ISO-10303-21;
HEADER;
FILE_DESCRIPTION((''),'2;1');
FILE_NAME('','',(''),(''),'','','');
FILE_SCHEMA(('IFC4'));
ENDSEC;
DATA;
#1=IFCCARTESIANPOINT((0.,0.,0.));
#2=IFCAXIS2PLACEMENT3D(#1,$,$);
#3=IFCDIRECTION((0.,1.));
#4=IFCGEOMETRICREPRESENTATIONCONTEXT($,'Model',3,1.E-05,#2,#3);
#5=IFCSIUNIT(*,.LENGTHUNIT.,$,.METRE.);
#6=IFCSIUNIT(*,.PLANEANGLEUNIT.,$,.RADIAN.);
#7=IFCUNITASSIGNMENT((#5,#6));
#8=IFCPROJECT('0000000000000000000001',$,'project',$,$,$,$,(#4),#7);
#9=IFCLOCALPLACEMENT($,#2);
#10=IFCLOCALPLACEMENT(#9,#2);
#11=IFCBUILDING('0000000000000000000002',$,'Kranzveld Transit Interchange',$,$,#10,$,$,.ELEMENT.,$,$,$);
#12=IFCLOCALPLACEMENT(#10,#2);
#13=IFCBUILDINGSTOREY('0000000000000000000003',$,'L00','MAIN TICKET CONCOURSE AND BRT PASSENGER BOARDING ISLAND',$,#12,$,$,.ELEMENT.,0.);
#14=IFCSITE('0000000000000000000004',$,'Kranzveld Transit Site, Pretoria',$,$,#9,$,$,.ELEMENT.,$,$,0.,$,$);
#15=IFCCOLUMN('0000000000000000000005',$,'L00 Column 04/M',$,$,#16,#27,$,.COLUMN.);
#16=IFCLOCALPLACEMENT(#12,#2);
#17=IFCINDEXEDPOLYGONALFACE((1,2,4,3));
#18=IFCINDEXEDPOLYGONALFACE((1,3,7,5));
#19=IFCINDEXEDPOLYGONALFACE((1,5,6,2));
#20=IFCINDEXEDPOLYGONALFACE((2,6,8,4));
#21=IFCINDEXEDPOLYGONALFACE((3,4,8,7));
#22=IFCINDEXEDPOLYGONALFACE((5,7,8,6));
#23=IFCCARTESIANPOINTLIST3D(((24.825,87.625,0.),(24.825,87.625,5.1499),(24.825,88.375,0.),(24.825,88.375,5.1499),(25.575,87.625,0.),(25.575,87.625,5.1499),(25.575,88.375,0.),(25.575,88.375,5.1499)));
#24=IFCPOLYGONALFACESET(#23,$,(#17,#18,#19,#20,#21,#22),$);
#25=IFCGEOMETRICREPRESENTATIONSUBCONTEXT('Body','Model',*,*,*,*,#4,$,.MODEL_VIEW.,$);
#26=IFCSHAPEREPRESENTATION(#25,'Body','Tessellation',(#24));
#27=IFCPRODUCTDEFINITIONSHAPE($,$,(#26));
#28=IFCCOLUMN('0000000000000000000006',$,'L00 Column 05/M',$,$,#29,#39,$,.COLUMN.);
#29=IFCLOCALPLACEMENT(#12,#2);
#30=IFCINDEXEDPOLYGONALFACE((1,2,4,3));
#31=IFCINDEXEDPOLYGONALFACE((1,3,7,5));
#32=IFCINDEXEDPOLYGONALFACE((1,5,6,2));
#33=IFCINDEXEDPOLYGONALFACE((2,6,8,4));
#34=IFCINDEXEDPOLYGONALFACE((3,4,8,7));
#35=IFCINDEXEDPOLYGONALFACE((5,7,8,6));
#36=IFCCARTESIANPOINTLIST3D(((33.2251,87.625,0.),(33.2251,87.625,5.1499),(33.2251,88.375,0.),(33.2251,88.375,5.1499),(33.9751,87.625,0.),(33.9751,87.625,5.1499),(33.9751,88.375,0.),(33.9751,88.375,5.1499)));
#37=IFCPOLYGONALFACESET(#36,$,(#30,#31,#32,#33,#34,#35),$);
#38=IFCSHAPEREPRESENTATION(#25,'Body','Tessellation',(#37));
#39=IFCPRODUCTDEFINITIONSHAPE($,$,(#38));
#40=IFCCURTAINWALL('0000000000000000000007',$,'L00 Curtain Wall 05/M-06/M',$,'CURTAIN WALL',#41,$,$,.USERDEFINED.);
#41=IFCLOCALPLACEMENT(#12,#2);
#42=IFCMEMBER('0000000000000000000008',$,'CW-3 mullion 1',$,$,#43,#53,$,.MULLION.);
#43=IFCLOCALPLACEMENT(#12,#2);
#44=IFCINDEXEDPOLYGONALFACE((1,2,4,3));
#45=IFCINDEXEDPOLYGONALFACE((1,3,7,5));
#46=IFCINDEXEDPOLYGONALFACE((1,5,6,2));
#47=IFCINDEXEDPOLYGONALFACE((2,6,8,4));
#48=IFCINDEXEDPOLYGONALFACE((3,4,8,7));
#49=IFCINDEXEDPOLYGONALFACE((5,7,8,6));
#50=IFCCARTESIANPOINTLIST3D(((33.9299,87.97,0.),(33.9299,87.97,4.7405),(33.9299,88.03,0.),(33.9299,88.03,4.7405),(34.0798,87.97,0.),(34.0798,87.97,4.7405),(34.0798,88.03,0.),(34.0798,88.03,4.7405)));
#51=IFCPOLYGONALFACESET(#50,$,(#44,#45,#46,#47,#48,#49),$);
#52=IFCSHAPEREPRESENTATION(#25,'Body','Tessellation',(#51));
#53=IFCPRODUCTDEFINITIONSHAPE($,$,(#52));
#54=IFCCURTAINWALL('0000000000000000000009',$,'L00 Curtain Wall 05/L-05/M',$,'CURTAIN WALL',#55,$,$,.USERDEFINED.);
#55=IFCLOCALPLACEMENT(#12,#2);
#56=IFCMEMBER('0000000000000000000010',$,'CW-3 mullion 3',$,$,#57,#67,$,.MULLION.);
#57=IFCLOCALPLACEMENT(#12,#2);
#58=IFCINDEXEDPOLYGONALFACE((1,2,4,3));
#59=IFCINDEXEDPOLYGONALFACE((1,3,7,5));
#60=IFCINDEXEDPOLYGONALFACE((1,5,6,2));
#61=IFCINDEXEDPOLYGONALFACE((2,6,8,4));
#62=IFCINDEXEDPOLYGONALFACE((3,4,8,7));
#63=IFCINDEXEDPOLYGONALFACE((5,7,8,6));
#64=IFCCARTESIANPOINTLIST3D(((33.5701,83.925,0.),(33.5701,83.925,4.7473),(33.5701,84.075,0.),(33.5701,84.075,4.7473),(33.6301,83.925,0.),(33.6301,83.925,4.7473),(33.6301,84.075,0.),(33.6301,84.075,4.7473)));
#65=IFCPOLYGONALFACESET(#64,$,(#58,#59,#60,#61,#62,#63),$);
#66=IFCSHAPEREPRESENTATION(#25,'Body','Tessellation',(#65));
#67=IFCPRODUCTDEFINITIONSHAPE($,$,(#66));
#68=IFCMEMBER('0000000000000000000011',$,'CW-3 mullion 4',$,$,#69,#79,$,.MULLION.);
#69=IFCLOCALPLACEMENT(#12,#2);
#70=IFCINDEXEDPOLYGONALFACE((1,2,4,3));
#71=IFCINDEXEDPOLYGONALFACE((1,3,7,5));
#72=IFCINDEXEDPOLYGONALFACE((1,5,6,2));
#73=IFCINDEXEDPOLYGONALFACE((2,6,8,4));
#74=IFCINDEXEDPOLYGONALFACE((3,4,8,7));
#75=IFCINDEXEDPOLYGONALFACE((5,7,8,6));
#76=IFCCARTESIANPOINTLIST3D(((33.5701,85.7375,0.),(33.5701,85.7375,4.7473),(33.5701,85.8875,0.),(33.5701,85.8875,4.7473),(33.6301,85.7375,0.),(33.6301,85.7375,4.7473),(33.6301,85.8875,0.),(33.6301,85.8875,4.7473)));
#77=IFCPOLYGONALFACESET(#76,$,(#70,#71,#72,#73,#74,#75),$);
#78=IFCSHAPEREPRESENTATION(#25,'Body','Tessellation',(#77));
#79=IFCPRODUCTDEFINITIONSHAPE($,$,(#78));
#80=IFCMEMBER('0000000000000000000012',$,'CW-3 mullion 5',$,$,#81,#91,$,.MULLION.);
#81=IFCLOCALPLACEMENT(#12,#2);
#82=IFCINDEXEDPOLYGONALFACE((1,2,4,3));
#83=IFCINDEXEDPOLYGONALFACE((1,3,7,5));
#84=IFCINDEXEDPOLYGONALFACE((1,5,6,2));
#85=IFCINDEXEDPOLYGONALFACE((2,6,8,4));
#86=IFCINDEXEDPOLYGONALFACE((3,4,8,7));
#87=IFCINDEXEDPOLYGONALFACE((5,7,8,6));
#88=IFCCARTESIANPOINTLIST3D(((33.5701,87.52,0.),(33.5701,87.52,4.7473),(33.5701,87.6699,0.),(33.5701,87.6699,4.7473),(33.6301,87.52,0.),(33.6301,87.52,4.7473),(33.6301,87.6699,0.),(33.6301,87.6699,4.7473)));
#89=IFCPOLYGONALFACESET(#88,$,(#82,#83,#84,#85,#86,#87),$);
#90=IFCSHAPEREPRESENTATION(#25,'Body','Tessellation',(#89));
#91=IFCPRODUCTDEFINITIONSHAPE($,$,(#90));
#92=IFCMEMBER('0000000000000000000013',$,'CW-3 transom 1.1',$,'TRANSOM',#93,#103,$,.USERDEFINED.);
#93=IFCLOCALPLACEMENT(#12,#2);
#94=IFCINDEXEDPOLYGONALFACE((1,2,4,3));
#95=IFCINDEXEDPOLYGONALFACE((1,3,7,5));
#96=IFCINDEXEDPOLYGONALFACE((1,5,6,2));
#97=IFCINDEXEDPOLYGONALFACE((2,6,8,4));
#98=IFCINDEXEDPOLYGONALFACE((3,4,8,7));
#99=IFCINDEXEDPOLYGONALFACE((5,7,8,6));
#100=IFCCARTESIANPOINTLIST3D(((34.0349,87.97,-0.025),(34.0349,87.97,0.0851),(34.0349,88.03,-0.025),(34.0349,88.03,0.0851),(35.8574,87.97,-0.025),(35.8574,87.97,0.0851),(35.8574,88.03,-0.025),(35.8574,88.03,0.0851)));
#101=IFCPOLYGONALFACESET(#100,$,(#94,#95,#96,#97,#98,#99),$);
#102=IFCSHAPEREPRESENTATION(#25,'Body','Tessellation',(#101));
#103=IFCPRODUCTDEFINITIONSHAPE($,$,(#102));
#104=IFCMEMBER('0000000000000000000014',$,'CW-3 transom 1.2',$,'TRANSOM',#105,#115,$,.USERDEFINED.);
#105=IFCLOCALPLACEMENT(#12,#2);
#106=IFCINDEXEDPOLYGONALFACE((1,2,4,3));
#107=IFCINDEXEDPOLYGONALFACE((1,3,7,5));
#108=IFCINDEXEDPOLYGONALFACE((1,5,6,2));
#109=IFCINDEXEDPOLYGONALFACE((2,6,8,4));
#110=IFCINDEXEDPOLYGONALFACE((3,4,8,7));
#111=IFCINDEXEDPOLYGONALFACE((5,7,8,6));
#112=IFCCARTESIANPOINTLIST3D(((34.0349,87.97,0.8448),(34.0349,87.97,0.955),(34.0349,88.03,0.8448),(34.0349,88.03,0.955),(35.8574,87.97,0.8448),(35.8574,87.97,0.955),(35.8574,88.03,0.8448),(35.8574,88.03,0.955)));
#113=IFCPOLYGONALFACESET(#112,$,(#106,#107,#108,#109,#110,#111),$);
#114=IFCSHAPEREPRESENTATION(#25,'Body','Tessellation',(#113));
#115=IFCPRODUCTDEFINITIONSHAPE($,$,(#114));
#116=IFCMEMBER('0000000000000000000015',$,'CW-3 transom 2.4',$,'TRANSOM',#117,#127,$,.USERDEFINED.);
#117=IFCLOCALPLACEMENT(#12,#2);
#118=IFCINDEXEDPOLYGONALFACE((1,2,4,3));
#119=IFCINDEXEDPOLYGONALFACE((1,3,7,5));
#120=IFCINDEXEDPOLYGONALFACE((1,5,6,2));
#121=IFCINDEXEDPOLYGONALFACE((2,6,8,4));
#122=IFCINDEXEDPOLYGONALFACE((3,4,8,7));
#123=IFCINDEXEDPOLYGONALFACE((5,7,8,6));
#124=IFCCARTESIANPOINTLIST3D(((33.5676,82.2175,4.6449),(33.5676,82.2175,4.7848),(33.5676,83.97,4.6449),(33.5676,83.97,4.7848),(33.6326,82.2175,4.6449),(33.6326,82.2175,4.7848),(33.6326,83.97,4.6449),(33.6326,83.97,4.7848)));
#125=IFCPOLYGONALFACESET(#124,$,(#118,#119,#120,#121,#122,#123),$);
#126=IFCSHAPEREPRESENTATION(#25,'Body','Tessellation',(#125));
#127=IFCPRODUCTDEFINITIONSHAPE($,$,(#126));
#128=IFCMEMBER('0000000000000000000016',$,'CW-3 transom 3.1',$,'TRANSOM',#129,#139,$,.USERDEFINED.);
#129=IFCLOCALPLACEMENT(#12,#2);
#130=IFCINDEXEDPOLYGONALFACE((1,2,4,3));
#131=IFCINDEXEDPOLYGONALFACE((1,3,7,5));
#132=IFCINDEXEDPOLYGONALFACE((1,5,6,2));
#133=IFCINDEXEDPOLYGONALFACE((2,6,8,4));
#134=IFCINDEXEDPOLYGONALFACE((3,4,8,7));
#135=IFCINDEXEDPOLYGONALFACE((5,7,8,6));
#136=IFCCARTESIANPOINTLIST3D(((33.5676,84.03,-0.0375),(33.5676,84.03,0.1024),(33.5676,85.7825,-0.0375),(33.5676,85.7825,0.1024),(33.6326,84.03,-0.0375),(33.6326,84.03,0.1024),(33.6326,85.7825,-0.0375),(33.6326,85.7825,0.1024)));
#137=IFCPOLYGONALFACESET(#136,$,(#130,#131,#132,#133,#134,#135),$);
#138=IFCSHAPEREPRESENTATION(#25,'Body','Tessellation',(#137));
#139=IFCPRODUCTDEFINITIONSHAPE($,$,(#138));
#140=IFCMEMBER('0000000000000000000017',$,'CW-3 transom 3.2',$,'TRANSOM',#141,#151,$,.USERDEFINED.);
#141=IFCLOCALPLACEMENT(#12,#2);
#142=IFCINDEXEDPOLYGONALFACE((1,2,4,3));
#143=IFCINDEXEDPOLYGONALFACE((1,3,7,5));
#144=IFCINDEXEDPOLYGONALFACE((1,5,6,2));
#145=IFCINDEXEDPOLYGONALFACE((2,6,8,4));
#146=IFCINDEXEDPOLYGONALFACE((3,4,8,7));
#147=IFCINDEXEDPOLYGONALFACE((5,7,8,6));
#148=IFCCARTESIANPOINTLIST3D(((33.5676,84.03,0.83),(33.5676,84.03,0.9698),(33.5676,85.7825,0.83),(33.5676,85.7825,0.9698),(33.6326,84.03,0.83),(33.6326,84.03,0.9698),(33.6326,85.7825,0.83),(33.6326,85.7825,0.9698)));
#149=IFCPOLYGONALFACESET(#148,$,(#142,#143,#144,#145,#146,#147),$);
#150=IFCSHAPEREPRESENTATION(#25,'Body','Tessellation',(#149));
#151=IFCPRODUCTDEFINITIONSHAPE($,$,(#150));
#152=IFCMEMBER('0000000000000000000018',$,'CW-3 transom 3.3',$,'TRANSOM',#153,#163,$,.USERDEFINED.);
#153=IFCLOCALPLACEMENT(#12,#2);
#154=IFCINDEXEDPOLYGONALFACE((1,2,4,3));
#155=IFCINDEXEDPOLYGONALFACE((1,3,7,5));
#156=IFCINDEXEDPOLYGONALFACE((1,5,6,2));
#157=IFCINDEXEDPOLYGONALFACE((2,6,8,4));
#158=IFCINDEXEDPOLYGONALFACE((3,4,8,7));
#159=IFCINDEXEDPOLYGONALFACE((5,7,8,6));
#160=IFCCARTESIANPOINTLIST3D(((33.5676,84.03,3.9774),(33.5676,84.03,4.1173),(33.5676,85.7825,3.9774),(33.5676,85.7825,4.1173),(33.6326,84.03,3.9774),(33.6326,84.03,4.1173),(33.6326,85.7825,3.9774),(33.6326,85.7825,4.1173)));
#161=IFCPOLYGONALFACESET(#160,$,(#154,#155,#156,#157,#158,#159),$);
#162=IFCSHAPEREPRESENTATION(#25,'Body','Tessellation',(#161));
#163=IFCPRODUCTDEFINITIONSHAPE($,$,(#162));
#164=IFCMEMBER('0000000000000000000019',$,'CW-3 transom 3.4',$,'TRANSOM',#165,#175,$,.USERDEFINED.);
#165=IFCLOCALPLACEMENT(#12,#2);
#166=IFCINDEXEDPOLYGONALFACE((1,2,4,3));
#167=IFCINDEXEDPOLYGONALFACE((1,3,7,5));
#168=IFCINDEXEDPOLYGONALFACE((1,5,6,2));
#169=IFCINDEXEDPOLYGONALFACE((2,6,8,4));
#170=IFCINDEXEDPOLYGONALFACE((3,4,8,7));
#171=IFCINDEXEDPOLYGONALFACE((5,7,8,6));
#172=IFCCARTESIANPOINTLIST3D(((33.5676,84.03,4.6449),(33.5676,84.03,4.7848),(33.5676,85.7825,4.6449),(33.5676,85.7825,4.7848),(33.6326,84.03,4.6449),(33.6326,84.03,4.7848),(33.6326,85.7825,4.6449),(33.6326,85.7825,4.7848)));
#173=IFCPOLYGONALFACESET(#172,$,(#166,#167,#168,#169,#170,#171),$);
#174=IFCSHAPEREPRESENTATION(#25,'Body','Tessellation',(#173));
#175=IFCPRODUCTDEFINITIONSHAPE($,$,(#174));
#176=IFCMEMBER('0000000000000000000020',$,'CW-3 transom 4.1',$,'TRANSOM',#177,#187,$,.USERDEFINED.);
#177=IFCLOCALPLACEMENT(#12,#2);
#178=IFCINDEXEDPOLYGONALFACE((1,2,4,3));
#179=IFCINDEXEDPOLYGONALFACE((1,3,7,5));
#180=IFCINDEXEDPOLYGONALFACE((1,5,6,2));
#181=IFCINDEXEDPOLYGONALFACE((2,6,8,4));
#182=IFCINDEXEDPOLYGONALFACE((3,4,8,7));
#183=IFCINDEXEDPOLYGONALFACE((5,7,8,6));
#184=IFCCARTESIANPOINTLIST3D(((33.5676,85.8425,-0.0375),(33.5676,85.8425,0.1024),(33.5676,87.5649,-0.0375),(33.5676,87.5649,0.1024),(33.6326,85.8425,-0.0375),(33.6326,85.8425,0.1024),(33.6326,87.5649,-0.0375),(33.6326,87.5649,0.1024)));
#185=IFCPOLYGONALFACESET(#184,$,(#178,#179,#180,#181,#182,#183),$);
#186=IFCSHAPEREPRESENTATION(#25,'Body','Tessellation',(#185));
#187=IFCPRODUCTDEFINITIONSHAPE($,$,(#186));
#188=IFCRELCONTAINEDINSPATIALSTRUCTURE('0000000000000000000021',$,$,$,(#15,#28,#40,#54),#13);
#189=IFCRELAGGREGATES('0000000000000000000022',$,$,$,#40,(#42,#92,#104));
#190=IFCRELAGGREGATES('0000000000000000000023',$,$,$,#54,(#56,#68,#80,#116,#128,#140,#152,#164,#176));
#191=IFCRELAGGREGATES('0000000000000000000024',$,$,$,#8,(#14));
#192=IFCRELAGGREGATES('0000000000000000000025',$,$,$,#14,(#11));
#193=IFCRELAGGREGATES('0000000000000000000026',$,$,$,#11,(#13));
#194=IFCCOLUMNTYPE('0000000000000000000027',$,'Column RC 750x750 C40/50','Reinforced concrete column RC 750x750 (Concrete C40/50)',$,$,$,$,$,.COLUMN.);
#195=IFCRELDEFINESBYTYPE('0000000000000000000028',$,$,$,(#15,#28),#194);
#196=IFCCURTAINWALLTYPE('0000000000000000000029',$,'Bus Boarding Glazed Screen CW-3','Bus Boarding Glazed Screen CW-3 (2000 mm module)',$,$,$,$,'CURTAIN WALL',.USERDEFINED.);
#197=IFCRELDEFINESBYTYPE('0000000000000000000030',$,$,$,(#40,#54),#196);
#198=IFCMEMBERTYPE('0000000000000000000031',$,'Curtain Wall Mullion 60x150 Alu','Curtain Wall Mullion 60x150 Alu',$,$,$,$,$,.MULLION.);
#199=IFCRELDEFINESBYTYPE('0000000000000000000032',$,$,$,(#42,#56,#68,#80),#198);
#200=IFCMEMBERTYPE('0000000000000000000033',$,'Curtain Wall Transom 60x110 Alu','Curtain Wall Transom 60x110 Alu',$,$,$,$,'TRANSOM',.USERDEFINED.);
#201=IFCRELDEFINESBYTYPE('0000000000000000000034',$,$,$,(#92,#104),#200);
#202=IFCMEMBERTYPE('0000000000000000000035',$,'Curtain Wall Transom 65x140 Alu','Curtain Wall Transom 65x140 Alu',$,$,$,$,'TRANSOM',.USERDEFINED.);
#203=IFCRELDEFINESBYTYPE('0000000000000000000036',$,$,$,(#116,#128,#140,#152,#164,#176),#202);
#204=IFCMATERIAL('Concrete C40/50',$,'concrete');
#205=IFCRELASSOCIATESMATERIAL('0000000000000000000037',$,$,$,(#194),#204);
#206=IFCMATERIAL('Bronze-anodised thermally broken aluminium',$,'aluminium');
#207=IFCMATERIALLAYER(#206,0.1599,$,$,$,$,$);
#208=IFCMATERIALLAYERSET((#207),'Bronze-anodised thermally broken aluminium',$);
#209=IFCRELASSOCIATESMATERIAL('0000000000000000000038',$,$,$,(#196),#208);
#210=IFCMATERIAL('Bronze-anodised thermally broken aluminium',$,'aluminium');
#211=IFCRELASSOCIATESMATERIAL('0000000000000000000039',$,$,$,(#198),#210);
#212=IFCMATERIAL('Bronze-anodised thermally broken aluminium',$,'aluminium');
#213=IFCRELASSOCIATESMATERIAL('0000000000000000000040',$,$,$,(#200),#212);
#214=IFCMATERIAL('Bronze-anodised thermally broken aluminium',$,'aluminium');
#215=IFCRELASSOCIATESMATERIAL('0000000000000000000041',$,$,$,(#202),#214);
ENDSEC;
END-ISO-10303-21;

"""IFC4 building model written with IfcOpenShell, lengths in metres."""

from ifc_helpers import new_model, si_unit, direction, frame, origin, origin_2d, place, context, subcontext, project, spatial, rectangle, extrude, material, layer, layer_set, material_profile, profile_set, type_object, element, aggregate, save


model = new_model("IFC4")

# Units and contexts
model_context = context("Model", 3, precision=1e-05, world=origin(), true_north=direction((0.0, 1.0)))
body_context = subcontext(model_context, "Body", "Model", "MODEL_VIEW")
ifc_project = project(units=[si_unit("LENGTHUNIT", "METRE"), si_unit("PLANEANGLEUNIT", "RADIAN")], contexts=[model_context])

# Site, building, storey
site_placement = place(None, origin())
site = spatial("IfcSite", under=ifc_project, at=site_placement, Name="Kranzveld Transit Site, Pretoria", CompositionType="ELEMENT", RefElevation=0.0)
building_placement = place(site_placement, origin())
building = spatial("IfcBuilding", under=site, at=building_placement, Name="Kranzveld Transit Interchange", CompositionType="ELEMENT")
storey_placement = place(building_placement, origin())
storey = spatial("IfcBuildingStorey", under=building, at=storey_placement, Name="L00", Description="MAIN TICKET CONCOURSE AND BRT PASSENGER BOARDING ISLAND", CompositionType="ELEMENT", Elevation=0.0)

# Columns
ifc_material_1 = material(Name="Concrete C40/50", Category="concrete")
ifc_material_profile_1 = material_profile(ifc_material_1, rectangle(XDim=0.75, YDim=0.75, at=origin_2d()), Name="RC 750x750")
ifc_profile_set_1 = profile_set([ifc_material_profile_1], Name="Concrete C40/50")
column_type = type_object("IfcColumnType", Name="Column RC 750x750 C40/50", Description="Reinforced concrete column RC 750x750 (Concrete C40/50)", PredefinedType="COLUMN", material=ifc_profile_set_1)
for number, where, z_axis, x_axis, name in (
    (1, (25.2, 88.0, 0.0), (0.0, 0.0, 1.0), (1.0, 0.0, 0.0), "L00 Column 04/M"),
    (2, (33.6001, 88.0, 0.0), (0.0, 0.0, 1.0), (1.0, 0.0, 0.0), "L00 Column 05/M"),
):
    element("IfcColumn", number, at=place(storey_placement, frame(where, z_axis=z_axis, x_axis=x_axis)), inside=storey, type_object=column_type, Name=name, PredefinedType="COLUMN", context=body_context, shape_type="SweptSolid", body=[
        extrude(rectangle(XDim=0.75, YDim=0.75, at=origin_2d()), origin(), (0.0, 0.0, 1.0), 5.1499),
    ])

# Curtain wall, member
ifc_material_2 = material(Name="Bronze-anodised thermally broken aluminium", Category="aluminium")
ifc_layer_1 = layer(ifc_material_2, 0.1599)
ifc_layer_set_1 = layer_set([ifc_layer_1], Name="Bronze-anodised thermally broken aluminium")
curtain_wall_type = type_object("IfcCurtainWallType", Name="Bus Boarding Glazed Screen CW-3", Description="Bus Boarding Glazed Screen CW-3 (2000 mm module)", ElementType="CURTAIN WALL", PredefinedType="USERDEFINED", material=ifc_layer_set_1)
curtain_wall_1_placement = place(storey_placement, origin())
curtain_wall_1 = element("IfcCurtainWall", 3, at=curtain_wall_1_placement, inside=storey, type_object=curtain_wall_type, Name="L00 Curtain Wall 05/M-06/M", ObjectType="CURTAIN WALL", PredefinedType="USERDEFINED")
ifc_material_3 = material(Name="Bronze-anodised thermally broken aluminium", Category="aluminium")
ifc_material_profile_2 = material_profile(ifc_material_3, rectangle(XDim=0.0601, YDim=0.1499, at=origin_2d()), Name="ALU MULLION 60x150")
ifc_profile_set_2 = profile_set([ifc_material_profile_2], Name="Bronze-anodised thermally broken aluminium")
member_type_1 = type_object("IfcMemberType", Name="Curtain Wall Mullion 60x150 Alu", Description="Curtain Wall Mullion 60x150 Alu", PredefinedType="MULLION", material=ifc_profile_set_2)
member_1_placement = place(storey_placement, frame((34.0049, 88.0, 0.0), z_axis=(0.0, 0.0, 1.0), x_axis=(0.0, 1.0, 0.0)))
member_1 = element("IfcMember", 4, at=member_1_placement, type_object=member_type_1, Name="CW-3 mullion 1", PredefinedType="MULLION", context=body_context, shape_type="SweptSolid", body=[
    extrude(rectangle(XDim=0.0601, YDim=0.1499, at=origin_2d()), origin(), (0.0, 0.0, 1.0), 4.7405),
])

# Curtain wall, members
curtain_wall_2_placement = place(storey_placement, origin())
curtain_wall_2 = element("IfcCurtainWall", 5, at=curtain_wall_2_placement, inside=storey, type_object=curtain_wall_type, Name="L00 Curtain Wall 05/L-05/M", ObjectType="CURTAIN WALL", PredefinedType="USERDEFINED")
member_2_placement = place(storey_placement, frame((33.6001, 84.0, 0.0), z_axis=(0.0, 0.0, 1.0), x_axis=(-1.0, 0.0, 0.0)))
member_2 = element("IfcMember", 6, at=member_2_placement, type_object=member_type_1, Name="CW-3 mullion 3", PredefinedType="MULLION", context=body_context, shape_type="SweptSolid", body=[
    extrude(rectangle(XDim=0.0601, YDim=0.1499, at=origin_2d()), origin(), (0.0, 0.0, 1.0), 4.7473),
])
member_3_placement = place(storey_placement, frame((33.6001, 85.8125, 0.0), z_axis=(0.0, 0.0, 1.0), x_axis=(-1.0, 0.0, 0.0)))
member_3 = element("IfcMember", 7, at=member_3_placement, type_object=member_type_1, Name="CW-3 mullion 4", PredefinedType="MULLION", context=body_context, shape_type="SweptSolid", body=[
    extrude(rectangle(XDim=0.0601, YDim=0.1499, at=origin_2d()), origin(), (0.0, 0.0, 1.0), 4.7473),
])
member_4_placement = place(storey_placement, frame((33.6001, 87.595, 0.0), z_axis=(0.0, 0.0, 1.0), x_axis=(-1.0, 0.0, 0.0)))
member_4 = element("IfcMember", 8, at=member_4_placement, type_object=member_type_1, Name="CW-3 mullion 5", PredefinedType="MULLION", context=body_context, shape_type="SweptSolid", body=[
    extrude(rectangle(XDim=0.0601, YDim=0.1499, at=origin_2d()), origin(), (0.0, 0.0, 1.0), 4.7473),
])

# Members
ifc_material_4 = material(Name="Bronze-anodised thermally broken aluminium", Category="aluminium")
ifc_material_profile_3 = material_profile(ifc_material_4, rectangle(XDim=0.0601, YDim=0.1101, at=origin_2d()), Name="ALU TRANSOM 60x110")
ifc_profile_set_3 = profile_set([ifc_material_profile_3], Name="Bronze-anodised thermally broken aluminium")
member_type_2 = type_object("IfcMemberType", Name="Curtain Wall Transom 60x110 Alu", Description="Curtain Wall Transom 60x110 Alu", ElementType="TRANSOM", PredefinedType="USERDEFINED", material=ifc_profile_set_3)
member_5_placement = place(storey_placement, frame((34.0349, 88.0, 0.03), z_axis=(1.0, 0.0, 0.0), x_axis=(0.0, 1.0, 0.0)))
member_5 = element("IfcMember", 9, at=member_5_placement, type_object=member_type_2, Name="CW-3 transom 1.1", ObjectType="TRANSOM", PredefinedType="USERDEFINED", context=body_context, shape_type="SweptSolid", body=[
    extrude(rectangle(XDim=0.0601, YDim=0.1101, at=origin_2d()), origin(), (0.0, 0.0, 1.0), 1.8225),
])
member_6_placement = place(storey_placement, frame((34.0349, 88.0, 0.8999), z_axis=(1.0, 0.0, 0.0), x_axis=(0.0, 1.0, 0.0)))
member_6 = element("IfcMember", 10, at=member_6_placement, type_object=member_type_2, Name="CW-3 transom 1.2", ObjectType="TRANSOM", PredefinedType="USERDEFINED", context=body_context, shape_type="SweptSolid", body=[
    extrude(rectangle(XDim=0.0601, YDim=0.1101, at=origin_2d()), origin(), (0.0, 0.0, 1.0), 1.8225),
])
aggregate(curtain_wall_1, [member_1, member_5, member_6])
ifc_material_5 = material(Name="Bronze-anodised thermally broken aluminium", Category="aluminium")
ifc_material_profile_4 = material_profile(ifc_material_5, rectangle(XDim=0.0649, YDim=0.1399, at=origin_2d()), Name="ALU TRANSOM 65x140")
ifc_profile_set_4 = profile_set([ifc_material_profile_4], Name="Bronze-anodised thermally broken aluminium")
member_type_3 = type_object("IfcMemberType", Name="Curtain Wall Transom 65x140 Alu", Description="Curtain Wall Transom 65x140 Alu", ElementType="TRANSOM", PredefinedType="USERDEFINED", material=ifc_profile_set_4)
member_7_placement = place(storey_placement, frame((33.6001, 82.2175, 4.7148), z_axis=(0.0, 1.0, 0.0), x_axis=(-1.0, 0.0, 0.0)))
member_7 = element("IfcMember", 11, at=member_7_placement, type_object=member_type_3, Name="CW-3 transom 2.4", ObjectType="TRANSOM", PredefinedType="USERDEFINED", context=body_context, shape_type="SweptSolid", body=[
    extrude(rectangle(XDim=0.0649, YDim=0.1399, at=origin_2d()), origin(), (0.0, 0.0, 1.0), 1.7524),
])
member_8_placement = place(storey_placement, frame((33.6001, 84.03, 0.0325), z_axis=(0.0, 1.0, 0.0), x_axis=(-1.0, 0.0, 0.0)))
member_8 = element("IfcMember", 12, at=member_8_placement, type_object=member_type_3, Name="CW-3 transom 3.1", ObjectType="TRANSOM", PredefinedType="USERDEFINED", context=body_context, shape_type="SweptSolid", body=[
    extrude(rectangle(XDim=0.0649, YDim=0.1399, at=origin_2d()), origin(), (0.0, 0.0, 1.0), 1.7524),
])
member_9_placement = place(storey_placement, frame((33.6001, 84.03, 0.8999), z_axis=(0.0, 1.0, 0.0), x_axis=(-1.0, 0.0, 0.0)))
member_9 = element("IfcMember", 13, at=member_9_placement, type_object=member_type_3, Name="CW-3 transom 3.2", ObjectType="TRANSOM", PredefinedType="USERDEFINED", context=body_context, shape_type="SweptSolid", body=[
    extrude(rectangle(XDim=0.0649, YDim=0.1399, at=origin_2d()), origin(), (0.0, 0.0, 1.0), 1.7524),
])
member_10_placement = place(storey_placement, frame((33.6001, 84.03, 4.0474), z_axis=(0.0, 1.0, 0.0), x_axis=(-1.0, 0.0, 0.0)))
member_10 = element("IfcMember", 14, at=member_10_placement, type_object=member_type_3, Name="CW-3 transom 3.3", ObjectType="TRANSOM", PredefinedType="USERDEFINED", context=body_context, shape_type="SweptSolid", body=[
    extrude(rectangle(XDim=0.0649, YDim=0.1399, at=origin_2d()), origin(), (0.0, 0.0, 1.0), 1.7524),
])
member_11_placement = place(storey_placement, frame((33.6001, 84.03, 4.7148), z_axis=(0.0, 1.0, 0.0), x_axis=(-1.0, 0.0, 0.0)))
member_11 = element("IfcMember", 15, at=member_11_placement, type_object=member_type_3, Name="CW-3 transom 3.4", ObjectType="TRANSOM", PredefinedType="USERDEFINED", context=body_context, shape_type="SweptSolid", body=[
    extrude(rectangle(XDim=0.0649, YDim=0.1399, at=origin_2d()), origin(), (0.0, 0.0, 1.0), 1.7524),
])
member_12_placement = place(storey_placement, frame((33.6001, 85.8425, 0.0325), z_axis=(0.0, 1.0, 0.0), x_axis=(-1.0, 0.0, 0.0)))
member_12 = element("IfcMember", 16, at=member_12_placement, type_object=member_type_3, Name="CW-3 transom 4.1", ObjectType="TRANSOM", PredefinedType="USERDEFINED", context=body_context, shape_type="SweptSolid", body=[
    extrude(rectangle(XDim=0.0649, YDim=0.1399, at=origin_2d()), origin(), (0.0, 0.0, 1.0), 1.7224),
])

aggregate(curtain_wall_2, [member_2, member_3, member_4, member_7, member_8, member_9, member_10, member_11, member_12])

save(model, "model.ifc")
